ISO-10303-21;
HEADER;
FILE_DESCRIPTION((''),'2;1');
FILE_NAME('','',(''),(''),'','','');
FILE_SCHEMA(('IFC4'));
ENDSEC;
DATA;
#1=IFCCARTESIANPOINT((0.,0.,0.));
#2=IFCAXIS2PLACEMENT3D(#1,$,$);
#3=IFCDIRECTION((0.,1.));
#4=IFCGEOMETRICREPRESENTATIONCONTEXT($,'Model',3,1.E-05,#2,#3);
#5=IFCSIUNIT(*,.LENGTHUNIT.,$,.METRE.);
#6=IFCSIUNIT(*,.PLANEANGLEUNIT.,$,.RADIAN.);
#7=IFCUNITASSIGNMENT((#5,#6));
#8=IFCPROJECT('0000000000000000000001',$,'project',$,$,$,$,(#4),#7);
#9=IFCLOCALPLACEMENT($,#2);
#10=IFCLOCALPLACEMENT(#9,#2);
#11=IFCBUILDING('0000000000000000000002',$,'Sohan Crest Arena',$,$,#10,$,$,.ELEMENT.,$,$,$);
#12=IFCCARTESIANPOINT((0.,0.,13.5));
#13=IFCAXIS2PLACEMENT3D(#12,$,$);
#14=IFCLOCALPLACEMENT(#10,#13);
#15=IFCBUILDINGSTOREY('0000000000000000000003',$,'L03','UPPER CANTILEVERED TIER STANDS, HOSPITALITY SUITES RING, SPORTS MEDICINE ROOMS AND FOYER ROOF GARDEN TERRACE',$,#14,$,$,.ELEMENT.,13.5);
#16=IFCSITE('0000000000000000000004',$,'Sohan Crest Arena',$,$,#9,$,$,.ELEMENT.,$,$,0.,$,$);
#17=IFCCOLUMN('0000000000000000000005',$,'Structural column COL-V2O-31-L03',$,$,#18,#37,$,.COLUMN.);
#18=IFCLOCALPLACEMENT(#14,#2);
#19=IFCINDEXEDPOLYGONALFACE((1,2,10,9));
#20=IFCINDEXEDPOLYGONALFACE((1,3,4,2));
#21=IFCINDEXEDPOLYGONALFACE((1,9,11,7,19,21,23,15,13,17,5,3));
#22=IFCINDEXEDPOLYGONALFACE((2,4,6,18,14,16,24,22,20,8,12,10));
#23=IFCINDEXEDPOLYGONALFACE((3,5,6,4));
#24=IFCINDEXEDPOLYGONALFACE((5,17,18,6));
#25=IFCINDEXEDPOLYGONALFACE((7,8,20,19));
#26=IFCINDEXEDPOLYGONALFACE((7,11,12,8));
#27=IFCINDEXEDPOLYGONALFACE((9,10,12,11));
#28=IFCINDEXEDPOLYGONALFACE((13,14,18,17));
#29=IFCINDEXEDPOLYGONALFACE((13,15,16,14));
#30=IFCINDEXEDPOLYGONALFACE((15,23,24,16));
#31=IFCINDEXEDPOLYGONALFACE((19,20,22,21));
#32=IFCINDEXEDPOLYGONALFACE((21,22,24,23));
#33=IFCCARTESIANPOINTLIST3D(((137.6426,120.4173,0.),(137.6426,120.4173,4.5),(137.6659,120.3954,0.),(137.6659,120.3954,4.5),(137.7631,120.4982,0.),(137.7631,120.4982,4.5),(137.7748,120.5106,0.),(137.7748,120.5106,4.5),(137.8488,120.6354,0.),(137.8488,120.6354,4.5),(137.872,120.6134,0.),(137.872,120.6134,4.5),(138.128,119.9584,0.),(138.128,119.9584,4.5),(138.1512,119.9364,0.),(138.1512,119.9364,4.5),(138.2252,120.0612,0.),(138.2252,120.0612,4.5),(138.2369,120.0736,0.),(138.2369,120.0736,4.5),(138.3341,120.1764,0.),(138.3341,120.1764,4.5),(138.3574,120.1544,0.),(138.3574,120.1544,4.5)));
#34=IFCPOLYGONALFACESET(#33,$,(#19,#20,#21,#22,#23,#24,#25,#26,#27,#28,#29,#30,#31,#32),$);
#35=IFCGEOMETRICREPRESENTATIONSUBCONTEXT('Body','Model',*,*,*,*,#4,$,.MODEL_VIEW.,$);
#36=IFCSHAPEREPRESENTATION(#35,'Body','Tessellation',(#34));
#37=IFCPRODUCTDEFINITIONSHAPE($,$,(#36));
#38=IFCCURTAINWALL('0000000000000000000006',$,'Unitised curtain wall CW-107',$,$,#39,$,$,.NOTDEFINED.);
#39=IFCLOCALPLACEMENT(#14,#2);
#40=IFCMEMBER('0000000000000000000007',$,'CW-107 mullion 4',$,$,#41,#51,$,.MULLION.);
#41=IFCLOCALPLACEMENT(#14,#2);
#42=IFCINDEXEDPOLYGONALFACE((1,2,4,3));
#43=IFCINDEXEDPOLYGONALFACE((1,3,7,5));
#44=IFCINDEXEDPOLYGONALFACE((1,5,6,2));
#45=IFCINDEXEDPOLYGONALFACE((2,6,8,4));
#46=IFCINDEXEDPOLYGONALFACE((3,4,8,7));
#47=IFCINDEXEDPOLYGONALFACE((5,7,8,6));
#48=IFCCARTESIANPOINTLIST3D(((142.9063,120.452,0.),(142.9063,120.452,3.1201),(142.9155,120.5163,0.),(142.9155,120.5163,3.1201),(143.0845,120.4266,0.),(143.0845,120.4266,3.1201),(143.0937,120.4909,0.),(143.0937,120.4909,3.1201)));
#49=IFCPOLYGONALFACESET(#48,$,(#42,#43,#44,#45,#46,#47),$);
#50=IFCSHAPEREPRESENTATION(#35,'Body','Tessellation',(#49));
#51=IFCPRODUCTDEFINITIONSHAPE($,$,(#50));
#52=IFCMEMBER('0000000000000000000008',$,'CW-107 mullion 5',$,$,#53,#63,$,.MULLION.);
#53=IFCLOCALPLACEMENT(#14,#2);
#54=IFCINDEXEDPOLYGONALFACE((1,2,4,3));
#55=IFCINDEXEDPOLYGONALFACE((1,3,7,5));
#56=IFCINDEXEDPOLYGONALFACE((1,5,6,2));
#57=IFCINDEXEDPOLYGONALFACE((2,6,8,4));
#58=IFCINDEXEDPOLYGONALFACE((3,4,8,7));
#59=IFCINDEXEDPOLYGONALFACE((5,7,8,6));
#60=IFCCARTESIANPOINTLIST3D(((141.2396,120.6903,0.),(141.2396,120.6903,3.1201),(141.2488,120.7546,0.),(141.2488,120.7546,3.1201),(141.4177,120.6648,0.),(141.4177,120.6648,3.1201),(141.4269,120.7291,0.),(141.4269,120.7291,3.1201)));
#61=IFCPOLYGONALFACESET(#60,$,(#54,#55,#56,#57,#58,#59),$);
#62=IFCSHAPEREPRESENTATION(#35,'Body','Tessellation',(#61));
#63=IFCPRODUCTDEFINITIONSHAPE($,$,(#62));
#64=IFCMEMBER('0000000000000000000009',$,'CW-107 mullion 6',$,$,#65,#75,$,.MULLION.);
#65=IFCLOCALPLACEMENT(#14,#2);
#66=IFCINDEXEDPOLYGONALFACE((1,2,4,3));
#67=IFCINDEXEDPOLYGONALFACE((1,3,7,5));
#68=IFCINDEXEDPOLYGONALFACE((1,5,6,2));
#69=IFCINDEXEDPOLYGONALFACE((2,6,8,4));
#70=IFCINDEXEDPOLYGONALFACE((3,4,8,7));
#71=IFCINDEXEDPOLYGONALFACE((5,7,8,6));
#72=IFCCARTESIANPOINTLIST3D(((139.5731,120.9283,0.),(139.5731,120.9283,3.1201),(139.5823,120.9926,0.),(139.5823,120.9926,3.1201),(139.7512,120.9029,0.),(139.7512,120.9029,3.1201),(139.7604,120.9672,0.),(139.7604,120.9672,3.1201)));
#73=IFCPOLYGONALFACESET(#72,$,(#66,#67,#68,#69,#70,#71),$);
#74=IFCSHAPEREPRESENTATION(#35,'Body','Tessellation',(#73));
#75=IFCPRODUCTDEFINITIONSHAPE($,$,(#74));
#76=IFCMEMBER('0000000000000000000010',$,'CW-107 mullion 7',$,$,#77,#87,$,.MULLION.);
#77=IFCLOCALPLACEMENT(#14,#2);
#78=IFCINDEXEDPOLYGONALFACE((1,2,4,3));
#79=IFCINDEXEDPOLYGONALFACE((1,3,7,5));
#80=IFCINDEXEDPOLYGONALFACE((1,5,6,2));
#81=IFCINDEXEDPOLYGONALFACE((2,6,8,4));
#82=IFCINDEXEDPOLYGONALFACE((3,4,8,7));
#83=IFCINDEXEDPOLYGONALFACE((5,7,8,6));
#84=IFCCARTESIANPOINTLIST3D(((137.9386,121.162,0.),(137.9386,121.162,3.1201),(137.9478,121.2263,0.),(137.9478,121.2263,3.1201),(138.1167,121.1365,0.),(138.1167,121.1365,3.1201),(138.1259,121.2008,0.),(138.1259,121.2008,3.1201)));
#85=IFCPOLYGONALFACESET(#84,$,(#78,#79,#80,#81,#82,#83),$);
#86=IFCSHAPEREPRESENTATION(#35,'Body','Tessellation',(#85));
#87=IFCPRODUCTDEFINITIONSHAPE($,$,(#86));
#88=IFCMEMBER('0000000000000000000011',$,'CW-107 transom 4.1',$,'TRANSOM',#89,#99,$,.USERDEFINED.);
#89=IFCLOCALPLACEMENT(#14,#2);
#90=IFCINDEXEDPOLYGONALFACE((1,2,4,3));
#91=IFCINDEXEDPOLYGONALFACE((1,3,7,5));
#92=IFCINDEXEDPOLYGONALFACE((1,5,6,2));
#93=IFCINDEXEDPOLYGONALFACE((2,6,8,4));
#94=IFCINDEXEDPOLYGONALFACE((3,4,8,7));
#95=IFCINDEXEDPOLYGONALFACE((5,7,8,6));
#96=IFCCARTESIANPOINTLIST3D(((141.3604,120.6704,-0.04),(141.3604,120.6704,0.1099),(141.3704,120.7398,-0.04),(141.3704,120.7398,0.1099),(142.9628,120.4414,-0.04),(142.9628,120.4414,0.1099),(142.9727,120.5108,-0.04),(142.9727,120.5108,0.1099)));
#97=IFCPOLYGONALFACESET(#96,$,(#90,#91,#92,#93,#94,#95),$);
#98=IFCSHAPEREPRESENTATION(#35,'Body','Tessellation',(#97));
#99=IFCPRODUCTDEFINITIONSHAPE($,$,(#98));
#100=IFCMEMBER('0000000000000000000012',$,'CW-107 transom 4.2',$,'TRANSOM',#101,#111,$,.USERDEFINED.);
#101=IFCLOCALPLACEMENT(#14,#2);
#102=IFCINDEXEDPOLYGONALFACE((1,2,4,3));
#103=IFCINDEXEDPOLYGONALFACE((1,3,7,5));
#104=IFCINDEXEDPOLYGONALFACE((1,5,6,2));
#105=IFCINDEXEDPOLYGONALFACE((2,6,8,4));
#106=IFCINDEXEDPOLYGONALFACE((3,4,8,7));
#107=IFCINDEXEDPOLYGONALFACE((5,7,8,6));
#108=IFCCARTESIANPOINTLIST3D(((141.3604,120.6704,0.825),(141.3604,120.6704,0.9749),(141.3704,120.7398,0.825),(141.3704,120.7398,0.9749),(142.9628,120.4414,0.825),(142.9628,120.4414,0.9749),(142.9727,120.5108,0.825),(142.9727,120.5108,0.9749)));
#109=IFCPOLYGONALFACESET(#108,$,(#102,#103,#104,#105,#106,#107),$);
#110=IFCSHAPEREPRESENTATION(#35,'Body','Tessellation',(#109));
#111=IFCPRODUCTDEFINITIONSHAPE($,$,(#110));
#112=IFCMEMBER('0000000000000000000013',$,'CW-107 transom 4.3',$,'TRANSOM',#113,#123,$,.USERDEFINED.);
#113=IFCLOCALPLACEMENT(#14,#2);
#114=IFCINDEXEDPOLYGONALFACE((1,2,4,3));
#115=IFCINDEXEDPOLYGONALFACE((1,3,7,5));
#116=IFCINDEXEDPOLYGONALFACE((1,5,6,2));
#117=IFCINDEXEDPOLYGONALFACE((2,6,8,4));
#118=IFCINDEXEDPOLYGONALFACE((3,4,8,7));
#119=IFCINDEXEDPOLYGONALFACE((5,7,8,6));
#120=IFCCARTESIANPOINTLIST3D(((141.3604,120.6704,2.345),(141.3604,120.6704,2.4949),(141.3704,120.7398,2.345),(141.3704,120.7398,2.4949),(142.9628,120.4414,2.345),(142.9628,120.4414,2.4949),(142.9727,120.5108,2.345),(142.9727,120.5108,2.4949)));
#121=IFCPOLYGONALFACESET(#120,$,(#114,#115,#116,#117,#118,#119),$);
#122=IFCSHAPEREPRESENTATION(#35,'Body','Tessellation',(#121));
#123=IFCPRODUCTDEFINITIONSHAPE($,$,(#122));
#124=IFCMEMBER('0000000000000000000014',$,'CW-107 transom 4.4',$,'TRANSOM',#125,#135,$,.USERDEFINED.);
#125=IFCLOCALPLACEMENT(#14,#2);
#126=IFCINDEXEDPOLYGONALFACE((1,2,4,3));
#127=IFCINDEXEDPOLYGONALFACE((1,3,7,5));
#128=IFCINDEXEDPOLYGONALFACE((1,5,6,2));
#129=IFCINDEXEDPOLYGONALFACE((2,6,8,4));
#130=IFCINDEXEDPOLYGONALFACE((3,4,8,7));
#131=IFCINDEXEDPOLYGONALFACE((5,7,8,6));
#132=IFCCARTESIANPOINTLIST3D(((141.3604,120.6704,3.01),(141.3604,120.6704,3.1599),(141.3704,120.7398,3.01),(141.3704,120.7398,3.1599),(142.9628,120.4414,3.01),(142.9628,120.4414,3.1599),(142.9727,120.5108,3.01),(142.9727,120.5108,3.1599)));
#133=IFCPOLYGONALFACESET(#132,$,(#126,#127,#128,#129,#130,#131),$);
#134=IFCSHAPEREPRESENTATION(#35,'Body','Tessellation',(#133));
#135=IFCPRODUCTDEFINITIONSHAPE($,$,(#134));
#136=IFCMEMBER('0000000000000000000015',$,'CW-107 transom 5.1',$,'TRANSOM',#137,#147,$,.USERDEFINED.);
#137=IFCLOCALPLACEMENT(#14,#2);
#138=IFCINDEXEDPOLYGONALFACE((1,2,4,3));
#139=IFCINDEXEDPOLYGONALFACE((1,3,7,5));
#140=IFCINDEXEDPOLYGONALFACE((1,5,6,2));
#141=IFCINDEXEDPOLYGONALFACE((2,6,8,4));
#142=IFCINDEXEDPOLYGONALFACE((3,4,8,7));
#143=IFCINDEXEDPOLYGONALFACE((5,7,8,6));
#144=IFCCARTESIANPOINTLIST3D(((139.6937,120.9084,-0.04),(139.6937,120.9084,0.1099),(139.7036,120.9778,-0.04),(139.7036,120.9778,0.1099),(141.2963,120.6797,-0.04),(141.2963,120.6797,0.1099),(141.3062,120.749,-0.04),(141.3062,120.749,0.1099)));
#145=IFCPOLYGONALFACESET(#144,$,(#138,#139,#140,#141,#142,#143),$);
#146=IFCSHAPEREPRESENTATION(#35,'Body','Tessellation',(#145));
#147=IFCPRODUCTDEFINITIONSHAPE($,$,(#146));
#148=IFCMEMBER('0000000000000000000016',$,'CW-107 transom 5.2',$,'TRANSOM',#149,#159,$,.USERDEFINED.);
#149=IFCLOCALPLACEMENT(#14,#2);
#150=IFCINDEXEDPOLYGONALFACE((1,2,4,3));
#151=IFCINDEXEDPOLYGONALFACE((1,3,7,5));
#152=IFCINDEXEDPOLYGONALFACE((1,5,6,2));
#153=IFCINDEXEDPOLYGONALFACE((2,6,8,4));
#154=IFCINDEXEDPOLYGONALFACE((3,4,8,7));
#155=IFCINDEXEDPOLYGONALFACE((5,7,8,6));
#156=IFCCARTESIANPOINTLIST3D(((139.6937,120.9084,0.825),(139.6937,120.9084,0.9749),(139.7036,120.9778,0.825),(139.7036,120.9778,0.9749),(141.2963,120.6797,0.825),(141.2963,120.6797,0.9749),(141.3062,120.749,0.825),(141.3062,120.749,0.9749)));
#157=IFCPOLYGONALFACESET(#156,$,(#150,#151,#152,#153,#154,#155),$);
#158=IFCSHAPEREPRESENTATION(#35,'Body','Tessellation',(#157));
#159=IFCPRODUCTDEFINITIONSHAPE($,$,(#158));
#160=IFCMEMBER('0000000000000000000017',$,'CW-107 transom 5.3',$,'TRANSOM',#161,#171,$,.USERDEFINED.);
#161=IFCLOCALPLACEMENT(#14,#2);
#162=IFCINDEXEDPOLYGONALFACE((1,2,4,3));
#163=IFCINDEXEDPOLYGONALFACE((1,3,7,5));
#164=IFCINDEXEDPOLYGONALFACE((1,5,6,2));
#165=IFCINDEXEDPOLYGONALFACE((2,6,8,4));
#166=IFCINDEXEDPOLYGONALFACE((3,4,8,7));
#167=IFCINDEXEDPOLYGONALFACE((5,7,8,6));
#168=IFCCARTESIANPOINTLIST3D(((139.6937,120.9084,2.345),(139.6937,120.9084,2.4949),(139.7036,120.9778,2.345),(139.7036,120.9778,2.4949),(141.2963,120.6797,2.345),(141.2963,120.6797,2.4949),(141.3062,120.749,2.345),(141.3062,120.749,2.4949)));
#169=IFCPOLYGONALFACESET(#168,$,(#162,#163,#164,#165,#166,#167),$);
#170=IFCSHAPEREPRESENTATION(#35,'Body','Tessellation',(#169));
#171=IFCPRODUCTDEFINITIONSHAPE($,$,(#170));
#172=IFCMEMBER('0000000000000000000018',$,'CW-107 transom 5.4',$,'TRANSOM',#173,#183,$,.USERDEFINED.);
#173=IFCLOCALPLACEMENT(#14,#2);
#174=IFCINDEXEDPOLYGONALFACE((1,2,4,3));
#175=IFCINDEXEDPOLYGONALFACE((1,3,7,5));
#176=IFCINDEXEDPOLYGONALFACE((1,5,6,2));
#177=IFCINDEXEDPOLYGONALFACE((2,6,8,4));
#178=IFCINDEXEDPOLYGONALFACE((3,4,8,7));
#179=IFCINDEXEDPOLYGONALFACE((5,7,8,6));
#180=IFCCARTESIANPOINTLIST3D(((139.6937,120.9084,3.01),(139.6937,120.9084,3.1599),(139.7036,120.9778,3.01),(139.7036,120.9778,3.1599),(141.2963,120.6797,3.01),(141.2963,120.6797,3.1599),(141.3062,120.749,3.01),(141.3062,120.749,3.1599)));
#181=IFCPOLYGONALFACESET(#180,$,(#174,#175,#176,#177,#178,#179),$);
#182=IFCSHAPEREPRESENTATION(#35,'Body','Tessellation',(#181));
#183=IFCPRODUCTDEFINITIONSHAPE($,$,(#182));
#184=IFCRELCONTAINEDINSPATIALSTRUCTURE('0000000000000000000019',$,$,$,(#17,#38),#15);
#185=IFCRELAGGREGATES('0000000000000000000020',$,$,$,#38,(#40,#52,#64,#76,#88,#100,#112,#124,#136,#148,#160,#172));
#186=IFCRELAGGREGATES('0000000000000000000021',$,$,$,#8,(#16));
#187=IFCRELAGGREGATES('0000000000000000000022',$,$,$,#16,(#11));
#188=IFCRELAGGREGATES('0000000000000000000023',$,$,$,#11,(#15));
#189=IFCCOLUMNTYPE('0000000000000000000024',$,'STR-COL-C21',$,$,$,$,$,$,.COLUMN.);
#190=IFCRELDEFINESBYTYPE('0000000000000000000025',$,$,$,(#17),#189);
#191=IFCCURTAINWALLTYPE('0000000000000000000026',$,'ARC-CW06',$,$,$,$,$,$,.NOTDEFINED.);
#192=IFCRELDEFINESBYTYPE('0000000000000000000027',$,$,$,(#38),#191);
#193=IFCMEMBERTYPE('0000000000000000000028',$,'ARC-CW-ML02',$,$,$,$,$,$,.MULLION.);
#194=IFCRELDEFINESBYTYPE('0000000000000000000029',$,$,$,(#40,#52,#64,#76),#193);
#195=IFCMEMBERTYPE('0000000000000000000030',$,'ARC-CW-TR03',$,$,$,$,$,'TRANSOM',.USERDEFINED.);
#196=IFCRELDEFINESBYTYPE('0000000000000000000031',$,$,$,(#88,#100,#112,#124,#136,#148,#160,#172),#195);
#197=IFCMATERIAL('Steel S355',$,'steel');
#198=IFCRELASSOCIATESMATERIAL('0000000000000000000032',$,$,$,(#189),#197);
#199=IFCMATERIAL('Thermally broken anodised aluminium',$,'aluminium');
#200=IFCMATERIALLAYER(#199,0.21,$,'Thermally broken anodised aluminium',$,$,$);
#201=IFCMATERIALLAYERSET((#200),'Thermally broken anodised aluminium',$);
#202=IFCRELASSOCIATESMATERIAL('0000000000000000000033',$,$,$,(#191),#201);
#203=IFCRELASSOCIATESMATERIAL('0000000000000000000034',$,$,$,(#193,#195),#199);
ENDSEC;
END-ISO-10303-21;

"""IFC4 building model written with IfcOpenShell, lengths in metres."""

from ifc_helpers import new_model, si_unit, direction, frame, origin, origin_2d, place, context, subcontext, project, spatial, rectangle, i_section, extrude, material, layer, layer_set, material_profile, profile_set, type_object, element, aggregate, save


model = new_model("IFC4")

# Units and contexts
model_context = context("Model", 3, precision=1e-05, world=origin(), true_north=direction((0.0, 1.0)))
body_context = subcontext(model_context, "Body", "Model", "MODEL_VIEW")
ifc_project = project(units=[si_unit("LENGTHUNIT", "METRE"), si_unit("PLANEANGLEUNIT", "RADIAN")], contexts=[model_context])

# Site, building, storey
site_placement = place(None, origin())
site = spatial("IfcSite", under=ifc_project, at=site_placement, Name="Sohan Crest Arena", CompositionType="ELEMENT", RefElevation=0.0)
building_placement = place(site_placement, origin())
building = spatial("IfcBuilding", under=site, at=building_placement, Name="Sohan Crest Arena", CompositionType="ELEMENT")
storey_placement = place(building_placement, frame((0.0, 0.0, 13.5)))
storey = spatial("IfcBuildingStorey", under=building, at=storey_placement, Name="L03", Description="UPPER CANTILEVERED TIER STANDS, HOSPITALITY SUITES RING, SPORTS MEDICINE ROOMS AND FOYER ROOF GARDEN TERRACE", CompositionType="ELEMENT", Elevation=13.5)

# Column
ifc_material_1 = material(Name="Steel S355", Category="steel")
ifc_material_profile_1 = material_profile(ifc_material_1, i_section(OverallWidth=0.3, OverallDepth=0.7, WebThickness=0.0171, FlangeThickness=0.032, at=origin_2d()), Name="HEB 700")
ifc_profile_set_1 = profile_set([ifc_material_profile_1], Name="Steel S355")
column_type = type_object("IfcColumnType", Name="STR-COL-C21", PredefinedType="COLUMN", material=ifc_profile_set_1)
column_placement = place(storey_placement, frame((138.0, 120.2859, 0.0), z_axis=(0.0, 0.0, 1.0), x_axis=(0.687088, 0.726575, 0.0)))
element("IfcColumn", 1, at=column_placement, inside=storey, type_object=column_type, Name="Structural column COL-V2O-31-L03", PredefinedType="COLUMN", context=body_context, shape_type="SweptSolid", body=[
    extrude(i_section(OverallWidth=0.3, OverallDepth=0.7, WebThickness=0.0171, FlangeThickness=0.032, at=origin_2d()), origin(), (0.0, 0.0, 1.0), 4.5),
])

# Curtain wall, members
ifc_material_2 = material(Name="Thermally broken anodised aluminium", Category="aluminium")
ifc_layer_1 = layer(ifc_material_2, 0.21, Name="Thermally broken anodised aluminium")
ifc_layer_set_1 = layer_set([ifc_layer_1], Name="Thermally broken anodised aluminium")
curtain_wall_type = type_object("IfcCurtainWallType", Name="ARC-CW06", PredefinedType="NOTDEFINED", material=ifc_layer_set_1)
curtain_wall_placement = place(storey_placement, origin())
curtain_wall = element("IfcCurtainWall", 2, at=curtain_wall_placement, inside=storey, type_object=curtain_wall_type, Name="Unitised curtain wall CW-107", PredefinedType="NOTDEFINED")
ifc_material_profile_2 = material_profile(ifc_material_2, rectangle(XDim=0.0649, YDim=0.1799, at=origin_2d()), Name="ALU-MULL 65x180")
ifc_profile_set_2 = profile_set([ifc_material_profile_2], Name="Thermally broken anodised aluminium")
member_type_1 = type_object("IfcMemberType", Name="ARC-CW-ML02", PredefinedType="MULLION", material=ifc_profile_set_2)
member_1_placement = place(storey_placement, frame((143.0, 120.4714, 0.0), z_axis=(0.0, 0.0, 1.0), x_axis=(-0.141463, -0.989944, 0.0)))
member_1 = element("IfcMember", 3, at=member_1_placement, type_object=member_type_1, Name="CW-107 mullion 4", PredefinedType="MULLION", context=body_context, shape_type="SweptSolid", body=[
    extrude(rectangle(XDim=0.0649, YDim=0.1799, at=origin_2d()), origin(), (0.0, 0.0, 1.0), 3.1201),
])
member_2_placement = place(storey_placement, frame((141.3333, 120.7097, 0.0), z_axis=(0.0, 0.0, 1.0), x_axis=(-0.141463, -0.989944, 0.0)))
member_2 = element("IfcMember", 4, at=member_2_placement, type_object=member_type_1, Name="CW-107 mullion 5", PredefinedType="MULLION", context=body_context, shape_type="SweptSolid", body=[
    extrude(rectangle(XDim=0.0649, YDim=0.1799, at=origin_2d()), origin(), (0.0, 0.0, 1.0), 3.1201),
])
member_3_placement = place(storey_placement, frame((139.6667, 120.9478, 0.0), z_axis=(0.0, 0.0, 1.0), x_axis=(-0.141463, -0.989944, 0.0)))
member_3 = element("IfcMember", 5, at=member_3_placement, type_object=member_type_1, Name="CW-107 mullion 6", PredefinedType="MULLION", context=body_context, shape_type="SweptSolid", body=[
    extrude(rectangle(XDim=0.0649, YDim=0.1799, at=origin_2d()), origin(), (0.0, 0.0, 1.0), 3.1201),
])
member_4_placement = place(storey_placement, frame((138.0322, 121.1814, 0.0), z_axis=(0.0, 0.0, 1.0), x_axis=(-0.141463, -0.989944, 0.0)))
member_4 = element("IfcMember", 6, at=member_4_placement, type_object=member_type_1, Name="CW-107 mullion 7", PredefinedType="MULLION", context=body_context, shape_type="SweptSolid", body=[
    extrude(rectangle(XDim=0.0649, YDim=0.1799, at=origin_2d()), origin(), (0.0, 0.0, 1.0), 3.1201),
])
ifc_material_profile_3 = material_profile(ifc_material_2, rectangle(XDim=0.0701, YDim=0.1499, at=origin_2d()), Name="ALU-TRAN 70x150")
ifc_profile_set_3 = profile_set([ifc_material_profile_3], Name="Thermally broken anodised aluminium")
member_type_2 = type_object("IfcMemberType", Name="ARC-CW-TR03", ElementType="TRANSOM", PredefinedType="USERDEFINED", material=ifc_profile_set_3)
member_5_placement = place(storey_placement, frame((142.9678, 120.4761, 0.0349), z_axis=(-0.98994, 0.141485, 0.0), x_axis=(-0.141485, -0.98994, 0.0)))
member_5 = element("IfcMember", 7, at=member_5_placement, type_object=member_type_2, Name="CW-107 transom 4.1", ObjectType="TRANSOM", PredefinedType="USERDEFINED", context=body_context, shape_type="SweptSolid", body=[
    extrude(rectangle(XDim=0.0701, YDim=0.1499, at=origin_2d()), origin(), (0.0, 0.0, 1.0), 1.6187),
])
member_6_placement = place(storey_placement, frame((142.9678, 120.4761, 0.8999), z_axis=(-0.98994, 0.141485, 0.0), x_axis=(-0.141485, -0.98994, 0.0)))
member_6 = element("IfcMember", 8, at=member_6_placement, type_object=member_type_2, Name="CW-107 transom 4.2", ObjectType="TRANSOM", PredefinedType="USERDEFINED", context=body_context, shape_type="SweptSolid", body=[
    extrude(rectangle(XDim=0.0701, YDim=0.1499, at=origin_2d()), origin(), (0.0, 0.0, 1.0), 1.6187),
])
member_7_placement = place(storey_placement, frame((142.9678, 120.4761, 2.4199), z_axis=(-0.98994, 0.141485, 0.0), x_axis=(-0.141485, -0.98994, 0.0)))
member_7 = element("IfcMember", 9, at=member_7_placement, type_object=member_type_2, Name="CW-107 transom 4.3", ObjectType="TRANSOM", PredefinedType="USERDEFINED", context=body_context, shape_type="SweptSolid", body=[
    extrude(rectangle(XDim=0.0701, YDim=0.1499, at=origin_2d()), origin(), (0.0, 0.0, 1.0), 1.6187),
])
member_8_placement = place(storey_placement, frame((142.9678, 120.4761, 3.085), z_axis=(-0.98994, 0.141485, 0.0), x_axis=(-0.141485, -0.98994, 0.0)))
member_8 = element("IfcMember", 10, at=member_8_placement, type_object=member_type_2, Name="CW-107 transom 4.4", ObjectType="TRANSOM", PredefinedType="USERDEFINED", context=body_context, shape_type="SweptSolid", body=[
    extrude(rectangle(XDim=0.0701, YDim=0.1499, at=origin_2d()), origin(), (0.0, 0.0, 1.0), 1.6187),
])
member_9_placement = place(storey_placement, frame((141.3013, 120.7144, 0.0349), z_axis=(-0.989965, 0.141316, 0.0), x_axis=(-0.141316, -0.989965, 0.0)))
member_9 = element("IfcMember", 11, at=member_9_placement, type_object=member_type_2, Name="CW-107 transom 5.1", ObjectType="TRANSOM", PredefinedType="USERDEFINED", context=body_context, shape_type="SweptSolid", body=[
    extrude(rectangle(XDim=0.0701, YDim=0.1499, at=origin_2d()), origin(), (0.0, 0.0, 1.0), 1.6189),
])
member_10_placement = place(storey_placement, frame((141.3013, 120.7144, 0.8999), z_axis=(-0.989965, 0.141316, 0.0), x_axis=(-0.141316, -0.989965, 0.0)))
member_10 = element("IfcMember", 12, at=member_10_placement, type_object=member_type_2, Name="CW-107 transom 5.2", ObjectType="TRANSOM", PredefinedType="USERDEFINED", context=body_context, shape_type="SweptSolid", body=[
    extrude(rectangle(XDim=0.0701, YDim=0.1499, at=origin_2d()), origin(), (0.0, 0.0, 1.0), 1.6189),
])
member_11_placement = place(storey_placement, frame((141.3013, 120.7144, 2.4199), z_axis=(-0.989965, 0.141316, 0.0), x_axis=(-0.141316, -0.989965, 0.0)))
member_11 = element("IfcMember", 13, at=member_11_placement, type_object=member_type_2, Name="CW-107 transom 5.3", ObjectType="TRANSOM", PredefinedType="USERDEFINED", context=body_context, shape_type="SweptSolid", body=[
    extrude(rectangle(XDim=0.0701, YDim=0.1499, at=origin_2d()), origin(), (0.0, 0.0, 1.0), 1.6189),
])
member_12_placement = place(storey_placement, frame((141.3013, 120.7144, 3.085), z_axis=(-0.989965, 0.141316, 0.0), x_axis=(-0.141316, -0.989965, 0.0)))
member_12 = element("IfcMember", 14, at=member_12_placement, type_object=member_type_2, Name="CW-107 transom 5.4", ObjectType="TRANSOM", PredefinedType="USERDEFINED", context=body_context, shape_type="SweptSolid", body=[
    extrude(rectangle(XDim=0.0701, YDim=0.1499, at=origin_2d()), origin(), (0.0, 0.0, 1.0), 1.6189),
])

aggregate(curtain_wall, [member_1, member_2, member_3, member_4, member_5, member_6, member_7, member_8, member_9, member_10, member_11, member_12])

save(model, "model.ifc")
